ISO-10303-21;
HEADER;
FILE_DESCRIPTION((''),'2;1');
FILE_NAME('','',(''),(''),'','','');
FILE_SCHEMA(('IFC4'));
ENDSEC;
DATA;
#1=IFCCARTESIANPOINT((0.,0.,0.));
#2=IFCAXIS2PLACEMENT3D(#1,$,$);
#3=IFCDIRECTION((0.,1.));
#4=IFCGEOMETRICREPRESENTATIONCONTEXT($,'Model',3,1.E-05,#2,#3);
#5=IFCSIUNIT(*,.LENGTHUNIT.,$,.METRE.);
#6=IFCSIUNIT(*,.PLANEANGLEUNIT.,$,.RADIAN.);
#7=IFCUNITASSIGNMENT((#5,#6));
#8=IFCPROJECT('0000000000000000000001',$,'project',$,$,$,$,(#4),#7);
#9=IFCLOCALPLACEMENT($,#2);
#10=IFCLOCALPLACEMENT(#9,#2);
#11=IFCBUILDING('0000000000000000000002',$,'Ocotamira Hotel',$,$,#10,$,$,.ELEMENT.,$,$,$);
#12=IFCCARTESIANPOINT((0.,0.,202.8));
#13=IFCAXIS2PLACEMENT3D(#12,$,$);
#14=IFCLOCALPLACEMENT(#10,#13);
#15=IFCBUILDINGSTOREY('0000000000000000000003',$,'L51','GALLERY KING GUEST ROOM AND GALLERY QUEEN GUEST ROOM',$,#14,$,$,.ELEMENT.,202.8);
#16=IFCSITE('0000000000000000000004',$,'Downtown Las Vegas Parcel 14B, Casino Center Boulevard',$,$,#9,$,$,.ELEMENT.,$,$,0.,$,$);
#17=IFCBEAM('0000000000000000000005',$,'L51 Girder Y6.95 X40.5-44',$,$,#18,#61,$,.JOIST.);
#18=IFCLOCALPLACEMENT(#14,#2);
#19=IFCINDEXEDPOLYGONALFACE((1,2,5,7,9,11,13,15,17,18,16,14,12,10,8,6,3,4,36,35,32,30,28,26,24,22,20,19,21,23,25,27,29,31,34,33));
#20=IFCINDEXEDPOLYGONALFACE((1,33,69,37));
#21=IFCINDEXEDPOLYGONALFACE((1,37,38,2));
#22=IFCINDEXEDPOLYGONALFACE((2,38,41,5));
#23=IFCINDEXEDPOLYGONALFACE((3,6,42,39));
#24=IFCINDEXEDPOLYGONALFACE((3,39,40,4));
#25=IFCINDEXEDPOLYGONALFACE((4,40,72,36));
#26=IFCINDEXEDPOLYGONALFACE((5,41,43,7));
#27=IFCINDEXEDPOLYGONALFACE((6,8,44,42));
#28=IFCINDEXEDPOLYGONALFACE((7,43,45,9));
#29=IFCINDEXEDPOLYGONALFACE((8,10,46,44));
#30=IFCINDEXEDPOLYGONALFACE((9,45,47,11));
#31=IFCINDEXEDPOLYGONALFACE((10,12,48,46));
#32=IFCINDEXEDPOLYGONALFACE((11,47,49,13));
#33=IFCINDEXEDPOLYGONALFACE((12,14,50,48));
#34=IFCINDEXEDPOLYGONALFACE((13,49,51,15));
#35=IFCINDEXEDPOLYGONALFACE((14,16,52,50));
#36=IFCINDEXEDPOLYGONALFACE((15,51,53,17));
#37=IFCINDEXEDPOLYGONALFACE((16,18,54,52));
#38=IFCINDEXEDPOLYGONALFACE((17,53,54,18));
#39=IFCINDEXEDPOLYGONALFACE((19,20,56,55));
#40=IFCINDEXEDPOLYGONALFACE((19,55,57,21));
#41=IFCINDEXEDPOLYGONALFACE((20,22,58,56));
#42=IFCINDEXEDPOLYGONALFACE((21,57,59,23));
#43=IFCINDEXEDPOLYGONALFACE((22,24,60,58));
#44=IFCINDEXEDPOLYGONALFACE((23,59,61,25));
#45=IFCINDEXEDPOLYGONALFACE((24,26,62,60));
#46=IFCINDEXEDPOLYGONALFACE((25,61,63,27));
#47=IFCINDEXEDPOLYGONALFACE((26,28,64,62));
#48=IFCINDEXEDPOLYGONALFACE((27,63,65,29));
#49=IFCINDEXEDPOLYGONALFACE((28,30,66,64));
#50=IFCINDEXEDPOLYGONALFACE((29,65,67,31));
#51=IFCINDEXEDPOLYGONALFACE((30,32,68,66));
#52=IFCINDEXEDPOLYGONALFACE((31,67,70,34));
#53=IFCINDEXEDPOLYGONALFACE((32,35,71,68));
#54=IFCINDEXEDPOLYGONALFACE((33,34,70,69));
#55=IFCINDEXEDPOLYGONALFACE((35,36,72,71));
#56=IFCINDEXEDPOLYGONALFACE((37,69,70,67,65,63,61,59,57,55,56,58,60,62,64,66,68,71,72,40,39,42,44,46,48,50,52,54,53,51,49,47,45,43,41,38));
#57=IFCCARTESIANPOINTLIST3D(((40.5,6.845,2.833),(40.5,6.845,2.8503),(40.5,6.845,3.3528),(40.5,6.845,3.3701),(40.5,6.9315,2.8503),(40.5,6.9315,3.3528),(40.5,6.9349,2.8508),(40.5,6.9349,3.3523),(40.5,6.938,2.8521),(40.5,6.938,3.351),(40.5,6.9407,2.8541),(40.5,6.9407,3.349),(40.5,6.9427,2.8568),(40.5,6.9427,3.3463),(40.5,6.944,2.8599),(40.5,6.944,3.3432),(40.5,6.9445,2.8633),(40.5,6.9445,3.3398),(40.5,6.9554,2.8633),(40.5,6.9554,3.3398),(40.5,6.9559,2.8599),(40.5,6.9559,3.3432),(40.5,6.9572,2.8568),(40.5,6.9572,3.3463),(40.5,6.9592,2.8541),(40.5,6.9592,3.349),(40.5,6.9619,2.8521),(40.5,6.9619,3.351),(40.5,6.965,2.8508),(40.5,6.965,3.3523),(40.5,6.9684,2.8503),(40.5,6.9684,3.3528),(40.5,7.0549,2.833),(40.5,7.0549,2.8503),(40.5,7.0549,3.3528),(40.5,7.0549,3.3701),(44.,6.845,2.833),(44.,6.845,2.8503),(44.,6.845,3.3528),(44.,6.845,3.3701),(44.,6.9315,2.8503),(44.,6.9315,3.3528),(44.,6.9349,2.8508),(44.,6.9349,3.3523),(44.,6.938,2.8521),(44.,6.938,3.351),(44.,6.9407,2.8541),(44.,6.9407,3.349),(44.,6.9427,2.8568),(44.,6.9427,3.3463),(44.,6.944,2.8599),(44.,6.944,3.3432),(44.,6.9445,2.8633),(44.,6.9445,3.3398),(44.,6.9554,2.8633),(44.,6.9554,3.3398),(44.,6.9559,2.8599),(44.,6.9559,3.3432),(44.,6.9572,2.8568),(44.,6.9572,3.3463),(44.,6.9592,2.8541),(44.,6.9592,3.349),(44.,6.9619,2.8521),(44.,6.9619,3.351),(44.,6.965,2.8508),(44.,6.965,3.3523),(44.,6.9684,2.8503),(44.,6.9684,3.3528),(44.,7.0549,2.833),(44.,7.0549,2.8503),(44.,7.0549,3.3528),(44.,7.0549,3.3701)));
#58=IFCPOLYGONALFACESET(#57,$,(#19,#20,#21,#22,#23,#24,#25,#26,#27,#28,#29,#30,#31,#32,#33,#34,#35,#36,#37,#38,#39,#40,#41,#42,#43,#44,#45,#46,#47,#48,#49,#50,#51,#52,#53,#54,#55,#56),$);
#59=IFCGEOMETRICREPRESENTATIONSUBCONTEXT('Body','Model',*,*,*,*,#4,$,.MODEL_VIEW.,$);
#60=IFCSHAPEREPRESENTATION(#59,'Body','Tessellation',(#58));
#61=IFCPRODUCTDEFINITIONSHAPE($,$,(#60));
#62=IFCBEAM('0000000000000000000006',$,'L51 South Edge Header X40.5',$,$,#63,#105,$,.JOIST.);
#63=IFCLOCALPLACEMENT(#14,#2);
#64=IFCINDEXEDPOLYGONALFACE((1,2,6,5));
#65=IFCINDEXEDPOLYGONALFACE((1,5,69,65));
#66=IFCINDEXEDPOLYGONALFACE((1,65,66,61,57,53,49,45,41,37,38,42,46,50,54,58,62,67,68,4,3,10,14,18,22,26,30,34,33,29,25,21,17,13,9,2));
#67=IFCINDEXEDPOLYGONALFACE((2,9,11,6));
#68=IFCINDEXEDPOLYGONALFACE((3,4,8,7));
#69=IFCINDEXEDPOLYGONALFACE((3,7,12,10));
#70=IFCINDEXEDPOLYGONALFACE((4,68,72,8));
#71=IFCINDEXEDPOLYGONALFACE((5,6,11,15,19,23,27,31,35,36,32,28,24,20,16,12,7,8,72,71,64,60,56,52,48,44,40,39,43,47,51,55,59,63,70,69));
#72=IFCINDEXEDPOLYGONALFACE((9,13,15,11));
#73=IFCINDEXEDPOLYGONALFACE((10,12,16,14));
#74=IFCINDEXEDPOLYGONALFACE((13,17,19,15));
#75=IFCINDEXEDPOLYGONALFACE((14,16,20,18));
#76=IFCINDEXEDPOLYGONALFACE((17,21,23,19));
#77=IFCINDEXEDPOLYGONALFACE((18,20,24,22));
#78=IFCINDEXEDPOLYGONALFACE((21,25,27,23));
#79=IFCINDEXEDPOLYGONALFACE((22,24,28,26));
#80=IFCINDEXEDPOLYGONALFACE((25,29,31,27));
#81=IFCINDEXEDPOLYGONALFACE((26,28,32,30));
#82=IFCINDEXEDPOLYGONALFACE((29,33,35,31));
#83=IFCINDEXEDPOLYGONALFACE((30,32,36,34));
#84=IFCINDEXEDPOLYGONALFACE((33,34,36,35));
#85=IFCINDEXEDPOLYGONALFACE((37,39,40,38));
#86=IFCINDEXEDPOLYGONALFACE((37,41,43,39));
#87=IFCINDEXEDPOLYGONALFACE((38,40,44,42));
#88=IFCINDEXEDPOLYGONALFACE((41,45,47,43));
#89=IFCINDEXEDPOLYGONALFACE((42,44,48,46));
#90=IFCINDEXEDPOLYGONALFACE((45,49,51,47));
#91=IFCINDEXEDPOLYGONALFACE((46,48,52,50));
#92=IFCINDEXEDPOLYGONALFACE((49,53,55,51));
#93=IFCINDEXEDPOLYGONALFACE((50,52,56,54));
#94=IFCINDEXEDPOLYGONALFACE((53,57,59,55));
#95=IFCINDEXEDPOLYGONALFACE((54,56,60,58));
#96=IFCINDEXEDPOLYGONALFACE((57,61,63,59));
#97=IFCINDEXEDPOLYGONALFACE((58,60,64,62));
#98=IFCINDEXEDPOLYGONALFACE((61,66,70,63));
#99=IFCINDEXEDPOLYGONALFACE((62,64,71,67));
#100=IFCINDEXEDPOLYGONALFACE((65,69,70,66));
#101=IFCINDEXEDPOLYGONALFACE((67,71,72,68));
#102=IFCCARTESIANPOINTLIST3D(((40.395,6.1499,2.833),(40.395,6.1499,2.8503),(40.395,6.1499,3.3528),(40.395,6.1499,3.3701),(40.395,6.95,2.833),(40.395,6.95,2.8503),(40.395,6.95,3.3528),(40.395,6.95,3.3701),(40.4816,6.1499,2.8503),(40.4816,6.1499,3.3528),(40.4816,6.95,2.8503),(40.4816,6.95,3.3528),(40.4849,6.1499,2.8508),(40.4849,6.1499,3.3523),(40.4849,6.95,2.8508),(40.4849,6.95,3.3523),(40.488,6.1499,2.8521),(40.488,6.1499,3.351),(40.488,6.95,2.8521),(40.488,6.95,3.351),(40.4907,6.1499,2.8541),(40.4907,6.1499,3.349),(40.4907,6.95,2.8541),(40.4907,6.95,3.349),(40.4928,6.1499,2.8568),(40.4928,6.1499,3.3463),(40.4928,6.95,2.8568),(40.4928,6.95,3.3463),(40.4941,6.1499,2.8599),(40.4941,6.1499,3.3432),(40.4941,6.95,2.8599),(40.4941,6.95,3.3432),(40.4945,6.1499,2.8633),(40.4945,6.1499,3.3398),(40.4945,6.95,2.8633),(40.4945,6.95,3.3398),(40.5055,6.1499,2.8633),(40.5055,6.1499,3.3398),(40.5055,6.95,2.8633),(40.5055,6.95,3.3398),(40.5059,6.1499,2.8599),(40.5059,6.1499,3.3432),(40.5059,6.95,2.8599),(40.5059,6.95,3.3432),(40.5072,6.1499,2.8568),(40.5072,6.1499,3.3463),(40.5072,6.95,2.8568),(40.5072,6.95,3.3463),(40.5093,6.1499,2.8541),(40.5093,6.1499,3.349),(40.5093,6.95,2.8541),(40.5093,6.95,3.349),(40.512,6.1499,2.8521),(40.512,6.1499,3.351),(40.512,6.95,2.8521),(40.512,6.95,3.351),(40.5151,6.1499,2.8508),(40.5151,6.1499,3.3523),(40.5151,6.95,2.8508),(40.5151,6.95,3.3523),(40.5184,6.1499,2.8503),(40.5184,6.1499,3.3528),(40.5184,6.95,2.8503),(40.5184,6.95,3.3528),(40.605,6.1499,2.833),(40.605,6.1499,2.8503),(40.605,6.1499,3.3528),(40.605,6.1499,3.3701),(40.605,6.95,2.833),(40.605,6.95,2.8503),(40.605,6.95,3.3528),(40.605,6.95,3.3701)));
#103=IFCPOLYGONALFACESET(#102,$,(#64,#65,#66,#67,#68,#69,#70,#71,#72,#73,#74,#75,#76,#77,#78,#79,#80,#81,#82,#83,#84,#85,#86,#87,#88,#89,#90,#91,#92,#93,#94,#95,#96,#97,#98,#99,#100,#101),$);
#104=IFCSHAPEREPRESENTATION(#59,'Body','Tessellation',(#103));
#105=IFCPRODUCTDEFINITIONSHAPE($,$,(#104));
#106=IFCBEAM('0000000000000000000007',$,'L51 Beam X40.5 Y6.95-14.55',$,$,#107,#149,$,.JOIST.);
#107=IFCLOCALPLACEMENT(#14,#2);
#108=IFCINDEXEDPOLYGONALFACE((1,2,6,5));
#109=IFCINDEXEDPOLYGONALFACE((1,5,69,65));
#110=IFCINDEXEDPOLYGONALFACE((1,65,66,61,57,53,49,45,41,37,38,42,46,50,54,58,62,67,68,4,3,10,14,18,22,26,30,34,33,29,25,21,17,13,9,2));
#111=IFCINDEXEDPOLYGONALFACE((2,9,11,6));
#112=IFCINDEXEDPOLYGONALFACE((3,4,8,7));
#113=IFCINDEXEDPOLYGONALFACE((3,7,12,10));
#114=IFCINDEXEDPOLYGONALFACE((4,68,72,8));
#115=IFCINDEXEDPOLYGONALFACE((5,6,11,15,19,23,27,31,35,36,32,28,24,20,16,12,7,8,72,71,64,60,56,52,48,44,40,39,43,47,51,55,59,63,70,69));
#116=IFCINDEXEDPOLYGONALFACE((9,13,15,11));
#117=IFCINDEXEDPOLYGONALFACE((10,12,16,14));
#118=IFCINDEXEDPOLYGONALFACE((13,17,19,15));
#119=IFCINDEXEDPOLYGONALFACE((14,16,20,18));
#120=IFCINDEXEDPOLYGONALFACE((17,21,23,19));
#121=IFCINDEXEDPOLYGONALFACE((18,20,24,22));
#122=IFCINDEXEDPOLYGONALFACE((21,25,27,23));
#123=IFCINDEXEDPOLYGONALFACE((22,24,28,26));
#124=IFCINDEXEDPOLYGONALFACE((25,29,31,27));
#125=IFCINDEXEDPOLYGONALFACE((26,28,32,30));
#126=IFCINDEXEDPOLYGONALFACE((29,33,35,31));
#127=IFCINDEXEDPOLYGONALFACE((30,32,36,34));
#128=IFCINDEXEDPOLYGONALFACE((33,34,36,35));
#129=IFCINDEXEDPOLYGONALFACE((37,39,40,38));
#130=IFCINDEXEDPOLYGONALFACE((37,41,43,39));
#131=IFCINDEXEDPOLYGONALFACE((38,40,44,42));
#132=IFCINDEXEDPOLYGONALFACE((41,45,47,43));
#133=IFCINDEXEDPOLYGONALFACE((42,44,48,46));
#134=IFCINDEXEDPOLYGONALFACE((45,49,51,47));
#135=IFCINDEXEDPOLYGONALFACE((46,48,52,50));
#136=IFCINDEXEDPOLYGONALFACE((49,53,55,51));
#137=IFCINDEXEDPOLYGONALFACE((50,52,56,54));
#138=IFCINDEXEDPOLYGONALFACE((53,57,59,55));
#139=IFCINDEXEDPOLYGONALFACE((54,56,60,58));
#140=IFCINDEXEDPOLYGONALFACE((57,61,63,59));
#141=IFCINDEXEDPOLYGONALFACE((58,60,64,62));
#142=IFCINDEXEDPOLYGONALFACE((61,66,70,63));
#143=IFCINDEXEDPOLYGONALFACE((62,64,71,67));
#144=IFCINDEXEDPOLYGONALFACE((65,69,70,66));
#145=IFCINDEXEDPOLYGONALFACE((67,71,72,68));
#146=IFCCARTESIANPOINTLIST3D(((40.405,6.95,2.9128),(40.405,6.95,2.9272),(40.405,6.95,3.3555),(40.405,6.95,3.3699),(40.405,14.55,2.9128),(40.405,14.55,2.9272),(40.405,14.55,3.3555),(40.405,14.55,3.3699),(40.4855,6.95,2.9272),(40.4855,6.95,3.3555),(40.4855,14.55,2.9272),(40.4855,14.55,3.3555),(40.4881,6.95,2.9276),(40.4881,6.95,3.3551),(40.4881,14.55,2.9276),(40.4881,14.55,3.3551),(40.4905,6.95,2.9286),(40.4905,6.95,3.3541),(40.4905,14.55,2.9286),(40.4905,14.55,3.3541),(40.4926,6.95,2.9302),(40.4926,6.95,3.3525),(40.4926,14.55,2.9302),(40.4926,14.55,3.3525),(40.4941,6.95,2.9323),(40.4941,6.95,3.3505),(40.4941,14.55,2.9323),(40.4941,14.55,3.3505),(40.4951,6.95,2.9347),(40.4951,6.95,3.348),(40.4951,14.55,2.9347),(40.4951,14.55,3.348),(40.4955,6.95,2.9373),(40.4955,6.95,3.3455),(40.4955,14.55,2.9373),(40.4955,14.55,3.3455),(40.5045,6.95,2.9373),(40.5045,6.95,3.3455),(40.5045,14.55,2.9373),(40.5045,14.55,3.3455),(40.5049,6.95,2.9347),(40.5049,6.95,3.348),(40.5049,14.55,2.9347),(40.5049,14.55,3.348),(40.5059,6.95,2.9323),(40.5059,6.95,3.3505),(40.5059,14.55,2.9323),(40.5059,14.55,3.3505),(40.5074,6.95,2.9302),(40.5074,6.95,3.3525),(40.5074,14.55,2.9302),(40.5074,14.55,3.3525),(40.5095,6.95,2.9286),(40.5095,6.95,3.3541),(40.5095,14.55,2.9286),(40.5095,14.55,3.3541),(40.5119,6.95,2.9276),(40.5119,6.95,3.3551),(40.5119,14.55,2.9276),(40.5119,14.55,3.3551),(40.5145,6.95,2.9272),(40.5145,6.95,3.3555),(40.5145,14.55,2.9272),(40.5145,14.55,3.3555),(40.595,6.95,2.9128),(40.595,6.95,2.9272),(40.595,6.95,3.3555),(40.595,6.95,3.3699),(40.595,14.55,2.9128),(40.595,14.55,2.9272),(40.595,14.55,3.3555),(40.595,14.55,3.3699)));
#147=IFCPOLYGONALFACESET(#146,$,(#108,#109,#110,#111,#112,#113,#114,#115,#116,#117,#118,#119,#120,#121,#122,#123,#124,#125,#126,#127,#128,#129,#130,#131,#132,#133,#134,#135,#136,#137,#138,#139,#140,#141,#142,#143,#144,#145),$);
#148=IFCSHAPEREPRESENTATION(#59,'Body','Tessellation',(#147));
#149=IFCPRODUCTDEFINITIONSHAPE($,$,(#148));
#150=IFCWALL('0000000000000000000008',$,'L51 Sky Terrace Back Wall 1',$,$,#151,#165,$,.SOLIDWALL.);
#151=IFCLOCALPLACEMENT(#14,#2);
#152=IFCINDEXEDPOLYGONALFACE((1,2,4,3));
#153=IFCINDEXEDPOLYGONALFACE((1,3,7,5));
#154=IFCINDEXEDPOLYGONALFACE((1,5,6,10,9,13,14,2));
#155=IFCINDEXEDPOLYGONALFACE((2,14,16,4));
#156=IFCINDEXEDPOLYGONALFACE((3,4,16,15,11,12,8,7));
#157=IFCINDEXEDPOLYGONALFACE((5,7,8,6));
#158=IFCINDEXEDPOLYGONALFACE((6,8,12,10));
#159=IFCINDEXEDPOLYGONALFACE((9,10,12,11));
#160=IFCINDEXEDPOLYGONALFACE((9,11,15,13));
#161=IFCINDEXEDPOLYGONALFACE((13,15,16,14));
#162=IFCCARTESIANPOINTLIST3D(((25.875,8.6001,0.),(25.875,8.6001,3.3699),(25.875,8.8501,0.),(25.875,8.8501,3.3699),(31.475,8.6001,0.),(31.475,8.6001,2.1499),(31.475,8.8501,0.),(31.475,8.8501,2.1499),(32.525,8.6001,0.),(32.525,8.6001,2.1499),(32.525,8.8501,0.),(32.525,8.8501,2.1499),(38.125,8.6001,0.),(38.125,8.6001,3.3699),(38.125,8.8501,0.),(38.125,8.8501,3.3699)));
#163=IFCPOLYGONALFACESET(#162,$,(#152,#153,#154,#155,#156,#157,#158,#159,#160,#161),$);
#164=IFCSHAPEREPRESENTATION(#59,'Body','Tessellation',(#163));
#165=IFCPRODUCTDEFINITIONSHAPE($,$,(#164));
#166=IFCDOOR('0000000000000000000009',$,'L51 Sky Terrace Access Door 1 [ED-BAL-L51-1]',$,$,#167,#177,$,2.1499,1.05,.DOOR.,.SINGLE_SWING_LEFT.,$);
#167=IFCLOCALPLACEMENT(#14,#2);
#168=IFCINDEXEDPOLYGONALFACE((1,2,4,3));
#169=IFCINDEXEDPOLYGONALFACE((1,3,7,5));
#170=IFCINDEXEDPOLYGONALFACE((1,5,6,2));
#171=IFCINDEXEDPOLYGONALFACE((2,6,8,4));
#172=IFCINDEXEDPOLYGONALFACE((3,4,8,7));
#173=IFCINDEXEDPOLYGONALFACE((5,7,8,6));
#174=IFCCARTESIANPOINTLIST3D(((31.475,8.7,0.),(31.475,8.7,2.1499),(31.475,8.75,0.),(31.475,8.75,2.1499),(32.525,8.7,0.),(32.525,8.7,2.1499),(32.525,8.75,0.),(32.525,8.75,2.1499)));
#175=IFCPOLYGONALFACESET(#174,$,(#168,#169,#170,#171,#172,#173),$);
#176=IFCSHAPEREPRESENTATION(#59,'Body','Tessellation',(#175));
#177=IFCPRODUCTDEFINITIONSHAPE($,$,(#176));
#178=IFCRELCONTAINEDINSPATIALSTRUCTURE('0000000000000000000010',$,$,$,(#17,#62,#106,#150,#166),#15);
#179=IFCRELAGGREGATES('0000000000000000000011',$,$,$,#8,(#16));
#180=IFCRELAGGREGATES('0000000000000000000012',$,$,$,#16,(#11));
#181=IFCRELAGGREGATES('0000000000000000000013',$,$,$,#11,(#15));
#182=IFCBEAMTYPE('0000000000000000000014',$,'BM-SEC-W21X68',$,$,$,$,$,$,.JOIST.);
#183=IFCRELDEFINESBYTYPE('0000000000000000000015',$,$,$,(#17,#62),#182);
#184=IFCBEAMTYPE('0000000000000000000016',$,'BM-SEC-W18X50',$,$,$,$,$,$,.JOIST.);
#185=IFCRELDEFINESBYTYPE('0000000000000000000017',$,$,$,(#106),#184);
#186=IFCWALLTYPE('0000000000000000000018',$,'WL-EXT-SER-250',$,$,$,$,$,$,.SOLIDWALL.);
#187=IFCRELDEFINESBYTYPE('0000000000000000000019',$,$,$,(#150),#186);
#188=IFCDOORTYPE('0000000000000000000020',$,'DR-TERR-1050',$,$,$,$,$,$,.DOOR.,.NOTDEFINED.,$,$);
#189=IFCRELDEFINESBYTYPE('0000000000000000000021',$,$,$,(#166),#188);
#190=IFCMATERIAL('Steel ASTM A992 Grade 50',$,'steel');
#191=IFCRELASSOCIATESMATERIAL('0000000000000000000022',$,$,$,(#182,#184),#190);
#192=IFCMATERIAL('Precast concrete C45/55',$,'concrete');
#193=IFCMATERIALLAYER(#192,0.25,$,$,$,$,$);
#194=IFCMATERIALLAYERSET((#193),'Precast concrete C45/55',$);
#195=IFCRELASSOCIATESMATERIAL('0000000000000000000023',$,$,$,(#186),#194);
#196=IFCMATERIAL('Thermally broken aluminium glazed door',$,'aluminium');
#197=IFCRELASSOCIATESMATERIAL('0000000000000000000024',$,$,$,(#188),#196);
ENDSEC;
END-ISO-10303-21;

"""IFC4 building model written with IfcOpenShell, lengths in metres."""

from ifc_helpers import new_model, si_unit, direction, frame, frame_2d, origin, origin_2d, place, context, subcontext, project, spatial, rectangle, i_section, extrude, source, transform, mapped, material, layer, layer_set, material_profile, profile_set, type_object, element, fill, save


model = new_model("IFC4")

# Units and contexts
model_context = context("Model", 3, precision=1e-05, world=origin(), true_north=direction((0.0, 1.0)))
body_context = subcontext(model_context, "Body", "Model", "MODEL_VIEW")
ifc_project = project(units=[si_unit("LENGTHUNIT", "METRE"), si_unit("PLANEANGLEUNIT", "RADIAN")], contexts=[model_context])

# Site, building, storey
site_placement = place(None, origin())
site = spatial("IfcSite", under=ifc_project, at=site_placement, Name="Downtown Las Vegas Parcel 14B, Casino Center Boulevard", CompositionType="ELEMENT", RefElevation=0.0)
building_placement = place(site_placement, origin())
building = spatial("IfcBuilding", under=site, at=building_placement, Name="Ocotamira Hotel", CompositionType="ELEMENT")
storey_placement = place(building_placement, frame((0.0, 0.0, 202.8)))
storey = spatial("IfcBuildingStorey", under=building, at=storey_placement, Name="L51", Description="GALLERY KING GUEST ROOM AND GALLERY QUEEN GUEST ROOM", CompositionType="ELEMENT", Elevation=202.8)

# Beams
ifc_material_1 = material(Name="Steel ASTM A992 Grade 50", Category="steel")
ifc_material_profile_1 = material_profile(ifc_material_1, i_section(OverallWidth=0.21, OverallDepth=0.5371, WebThickness=0.011, FlangeThickness=0.0173, FilletRadius=0.0129, at=origin_2d()), Name="W21X68")
ifc_profile_set_1 = profile_set([ifc_material_profile_1], Name="Steel ASTM A992 Grade 50")
beam_type_1 = type_object("IfcBeamType", Name="BM-SEC-W21X68", PredefinedType="JOIST", material=ifc_profile_set_1)
shared_shape_1 = source(origin(), body_context, "Body", "SweptSolid", [
    extrude(i_section(OverallWidth=0.21, OverallDepth=0.5371, WebThickness=0.011, FlangeThickness=0.0173, FilletRadius=0.0129, at=origin_2d()), origin(), (0.0, 0.0, 1.0), 3.5),
])
beam_1_placement = place(storey_placement, frame((40.5, 6.95, 3.1016), z_axis=(1.0, 0.0, 0.0), x_axis=(0.0, 1.0, 0.0)))
element("IfcBeam", 1, at=beam_1_placement, inside=storey, type_object=beam_type_1, Name="L51 Girder Y6.95 X40.5-44", PredefinedType="JOIST", context=body_context, shape_type="MappedRepresentation", body=[
    mapped(shared_shape_1, transform((0.0, 0.0, 0.0), scale=1.0)),
])
shared_shape_2 = source(origin(), body_context, "Body", "SweptSolid", [
    extrude(i_section(OverallWidth=0.21, OverallDepth=0.5371, WebThickness=0.011, FlangeThickness=0.0173, FilletRadius=0.0129, at=origin_2d()), origin(), (0.0, 0.0, 1.0), 0.8),
])
beam_2_placement = place(storey_placement, frame((40.5, 6.95, 3.1016), z_axis=(0.0, -1.0, 0.0), x_axis=(1.0, 0.0, 0.0)))
element("IfcBeam", 2, at=beam_2_placement, inside=storey, type_object=beam_type_1, Name="L51 South Edge Header X40.5", PredefinedType="JOIST", context=body_context, shape_type="MappedRepresentation", body=[
    mapped(shared_shape_2, transform((0.0, 0.0, 0.0), scale=1.0)),
])
ifc_material_profile_2 = material_profile(ifc_material_1, i_section(OverallWidth=0.1899, OverallDepth=0.457, WebThickness=0.009, FlangeThickness=0.0144, FilletRadius=0.01, at=origin_2d()), Name="W18X50")
ifc_profile_set_2 = profile_set([ifc_material_profile_2], Name="Steel ASTM A992 Grade 50")
beam_type_2 = type_object("IfcBeamType", Name="BM-SEC-W18X50", PredefinedType="JOIST", material=ifc_profile_set_2)
shared_shape_3 = source(origin(), body_context, "Body", "SweptSolid", [
    extrude(i_section(OverallWidth=0.1899, OverallDepth=0.457, WebThickness=0.009, FlangeThickness=0.0144, FilletRadius=0.01, at=origin_2d()), origin(), (0.0, 0.0, 1.0), 7.6001),
])
beam_3_placement = place(storey_placement, frame((40.5, 6.95, 3.1414), z_axis=(0.0, 1.0, 0.0), x_axis=(-1.0, 0.0, 0.0)))
element("IfcBeam", 3, at=beam_3_placement, inside=storey, type_object=beam_type_2, Name="L51 Beam X40.5 Y6.95-14.55", PredefinedType="JOIST", context=body_context, shape_type="MappedRepresentation", body=[
    mapped(shared_shape_3, transform((0.0, 0.0, 0.0), scale=1.0)),
])

# Wall, opening, door
ifc_material_2 = material(Name="Precast concrete C45/55", Category="concrete")
ifc_layer_1 = layer(ifc_material_2, 0.25)
ifc_layer_set_1 = layer_set([ifc_layer_1], Name="Precast concrete C45/55")
wall_type_1 = type_object("IfcWallType", Name="WL-EXT-SER-250", PredefinedType="SOLIDWALL", material=ifc_layer_set_1)
wall_1_placement = place(storey_placement, frame((25.875, 8.7251, 0.0), z_axis=(0.0, 0.0, 1.0), x_axis=(1.0, 0.0, 0.0)))
wall_1 = element("IfcWall", 4, at=wall_1_placement, inside=storey, type_object=wall_type_1, Name="L51 Sky Terrace Back Wall 1", PredefinedType="SOLIDWALL", context=body_context, shape_type="SweptSolid", body=[
    extrude(rectangle(XDim=12.25, YDim=0.25, at=frame_2d((6.125, 0.0))), origin(), (0.0, 0.0, 1.0), 3.3699),
])
opening_1_placement = place(wall_1_placement, frame((5.6001, 0.0, 0.0)))
opening_1 = element("IfcOpeningElement", 5, at=opening_1_placement, cuts=wall_1, PredefinedType="OPENING", context=body_context, shape_type="SweptSolid", body=[
    extrude(rectangle(XDim=1.05, YDim=2.1499, at=frame_2d((0.5249, 1.075))), frame((0.0, 0.135, 0.0), z_axis=(0.0, -1.0, 0.0), x_axis=(1.0, 0.0, 0.0)), (0.0, 0.0, 1.0), 0.27),
])
ifc_material_3 = material(Name="Thermally broken aluminium glazed door", Category="aluminium")
door_type_1 = type_object("IfcDoorType", Name="DR-TERR-1050", OperationType="NOTDEFINED", PredefinedType="DOOR", material=ifc_material_3)
shared_shape_4 = source(origin(), body_context, "Body", "SweptSolid", [
    extrude(rectangle(XDim=1.05, YDim=2.1499, at=frame_2d((0.5249, 1.075))), frame((0.0, 0.0249, 0.0), z_axis=(0.0, -1.0, 0.0), x_axis=(1.0, 0.0, 0.0)), (0.0, 0.0, 1.0), 0.05),
])
door_1_placement = place(opening_1_placement, origin())
door_1 = element("IfcDoor", 6, at=door_1_placement, inside=storey, type_object=door_type_1, Name="L51 Sky Terrace Access Door 1 [ED-BAL-L51-1]", OperationType="SINGLE_SWING_LEFT", OverallHeight=2.1499, OverallWidth=1.05, PredefinedType="DOOR", context=body_context, shape_type="MappedRepresentation", body=[
    mapped(shared_shape_4, transform((0.0, 0.0, 0.0), scale=1.0)),
])
fill(opening_1, door_1)

save(model, "model.ifc")
